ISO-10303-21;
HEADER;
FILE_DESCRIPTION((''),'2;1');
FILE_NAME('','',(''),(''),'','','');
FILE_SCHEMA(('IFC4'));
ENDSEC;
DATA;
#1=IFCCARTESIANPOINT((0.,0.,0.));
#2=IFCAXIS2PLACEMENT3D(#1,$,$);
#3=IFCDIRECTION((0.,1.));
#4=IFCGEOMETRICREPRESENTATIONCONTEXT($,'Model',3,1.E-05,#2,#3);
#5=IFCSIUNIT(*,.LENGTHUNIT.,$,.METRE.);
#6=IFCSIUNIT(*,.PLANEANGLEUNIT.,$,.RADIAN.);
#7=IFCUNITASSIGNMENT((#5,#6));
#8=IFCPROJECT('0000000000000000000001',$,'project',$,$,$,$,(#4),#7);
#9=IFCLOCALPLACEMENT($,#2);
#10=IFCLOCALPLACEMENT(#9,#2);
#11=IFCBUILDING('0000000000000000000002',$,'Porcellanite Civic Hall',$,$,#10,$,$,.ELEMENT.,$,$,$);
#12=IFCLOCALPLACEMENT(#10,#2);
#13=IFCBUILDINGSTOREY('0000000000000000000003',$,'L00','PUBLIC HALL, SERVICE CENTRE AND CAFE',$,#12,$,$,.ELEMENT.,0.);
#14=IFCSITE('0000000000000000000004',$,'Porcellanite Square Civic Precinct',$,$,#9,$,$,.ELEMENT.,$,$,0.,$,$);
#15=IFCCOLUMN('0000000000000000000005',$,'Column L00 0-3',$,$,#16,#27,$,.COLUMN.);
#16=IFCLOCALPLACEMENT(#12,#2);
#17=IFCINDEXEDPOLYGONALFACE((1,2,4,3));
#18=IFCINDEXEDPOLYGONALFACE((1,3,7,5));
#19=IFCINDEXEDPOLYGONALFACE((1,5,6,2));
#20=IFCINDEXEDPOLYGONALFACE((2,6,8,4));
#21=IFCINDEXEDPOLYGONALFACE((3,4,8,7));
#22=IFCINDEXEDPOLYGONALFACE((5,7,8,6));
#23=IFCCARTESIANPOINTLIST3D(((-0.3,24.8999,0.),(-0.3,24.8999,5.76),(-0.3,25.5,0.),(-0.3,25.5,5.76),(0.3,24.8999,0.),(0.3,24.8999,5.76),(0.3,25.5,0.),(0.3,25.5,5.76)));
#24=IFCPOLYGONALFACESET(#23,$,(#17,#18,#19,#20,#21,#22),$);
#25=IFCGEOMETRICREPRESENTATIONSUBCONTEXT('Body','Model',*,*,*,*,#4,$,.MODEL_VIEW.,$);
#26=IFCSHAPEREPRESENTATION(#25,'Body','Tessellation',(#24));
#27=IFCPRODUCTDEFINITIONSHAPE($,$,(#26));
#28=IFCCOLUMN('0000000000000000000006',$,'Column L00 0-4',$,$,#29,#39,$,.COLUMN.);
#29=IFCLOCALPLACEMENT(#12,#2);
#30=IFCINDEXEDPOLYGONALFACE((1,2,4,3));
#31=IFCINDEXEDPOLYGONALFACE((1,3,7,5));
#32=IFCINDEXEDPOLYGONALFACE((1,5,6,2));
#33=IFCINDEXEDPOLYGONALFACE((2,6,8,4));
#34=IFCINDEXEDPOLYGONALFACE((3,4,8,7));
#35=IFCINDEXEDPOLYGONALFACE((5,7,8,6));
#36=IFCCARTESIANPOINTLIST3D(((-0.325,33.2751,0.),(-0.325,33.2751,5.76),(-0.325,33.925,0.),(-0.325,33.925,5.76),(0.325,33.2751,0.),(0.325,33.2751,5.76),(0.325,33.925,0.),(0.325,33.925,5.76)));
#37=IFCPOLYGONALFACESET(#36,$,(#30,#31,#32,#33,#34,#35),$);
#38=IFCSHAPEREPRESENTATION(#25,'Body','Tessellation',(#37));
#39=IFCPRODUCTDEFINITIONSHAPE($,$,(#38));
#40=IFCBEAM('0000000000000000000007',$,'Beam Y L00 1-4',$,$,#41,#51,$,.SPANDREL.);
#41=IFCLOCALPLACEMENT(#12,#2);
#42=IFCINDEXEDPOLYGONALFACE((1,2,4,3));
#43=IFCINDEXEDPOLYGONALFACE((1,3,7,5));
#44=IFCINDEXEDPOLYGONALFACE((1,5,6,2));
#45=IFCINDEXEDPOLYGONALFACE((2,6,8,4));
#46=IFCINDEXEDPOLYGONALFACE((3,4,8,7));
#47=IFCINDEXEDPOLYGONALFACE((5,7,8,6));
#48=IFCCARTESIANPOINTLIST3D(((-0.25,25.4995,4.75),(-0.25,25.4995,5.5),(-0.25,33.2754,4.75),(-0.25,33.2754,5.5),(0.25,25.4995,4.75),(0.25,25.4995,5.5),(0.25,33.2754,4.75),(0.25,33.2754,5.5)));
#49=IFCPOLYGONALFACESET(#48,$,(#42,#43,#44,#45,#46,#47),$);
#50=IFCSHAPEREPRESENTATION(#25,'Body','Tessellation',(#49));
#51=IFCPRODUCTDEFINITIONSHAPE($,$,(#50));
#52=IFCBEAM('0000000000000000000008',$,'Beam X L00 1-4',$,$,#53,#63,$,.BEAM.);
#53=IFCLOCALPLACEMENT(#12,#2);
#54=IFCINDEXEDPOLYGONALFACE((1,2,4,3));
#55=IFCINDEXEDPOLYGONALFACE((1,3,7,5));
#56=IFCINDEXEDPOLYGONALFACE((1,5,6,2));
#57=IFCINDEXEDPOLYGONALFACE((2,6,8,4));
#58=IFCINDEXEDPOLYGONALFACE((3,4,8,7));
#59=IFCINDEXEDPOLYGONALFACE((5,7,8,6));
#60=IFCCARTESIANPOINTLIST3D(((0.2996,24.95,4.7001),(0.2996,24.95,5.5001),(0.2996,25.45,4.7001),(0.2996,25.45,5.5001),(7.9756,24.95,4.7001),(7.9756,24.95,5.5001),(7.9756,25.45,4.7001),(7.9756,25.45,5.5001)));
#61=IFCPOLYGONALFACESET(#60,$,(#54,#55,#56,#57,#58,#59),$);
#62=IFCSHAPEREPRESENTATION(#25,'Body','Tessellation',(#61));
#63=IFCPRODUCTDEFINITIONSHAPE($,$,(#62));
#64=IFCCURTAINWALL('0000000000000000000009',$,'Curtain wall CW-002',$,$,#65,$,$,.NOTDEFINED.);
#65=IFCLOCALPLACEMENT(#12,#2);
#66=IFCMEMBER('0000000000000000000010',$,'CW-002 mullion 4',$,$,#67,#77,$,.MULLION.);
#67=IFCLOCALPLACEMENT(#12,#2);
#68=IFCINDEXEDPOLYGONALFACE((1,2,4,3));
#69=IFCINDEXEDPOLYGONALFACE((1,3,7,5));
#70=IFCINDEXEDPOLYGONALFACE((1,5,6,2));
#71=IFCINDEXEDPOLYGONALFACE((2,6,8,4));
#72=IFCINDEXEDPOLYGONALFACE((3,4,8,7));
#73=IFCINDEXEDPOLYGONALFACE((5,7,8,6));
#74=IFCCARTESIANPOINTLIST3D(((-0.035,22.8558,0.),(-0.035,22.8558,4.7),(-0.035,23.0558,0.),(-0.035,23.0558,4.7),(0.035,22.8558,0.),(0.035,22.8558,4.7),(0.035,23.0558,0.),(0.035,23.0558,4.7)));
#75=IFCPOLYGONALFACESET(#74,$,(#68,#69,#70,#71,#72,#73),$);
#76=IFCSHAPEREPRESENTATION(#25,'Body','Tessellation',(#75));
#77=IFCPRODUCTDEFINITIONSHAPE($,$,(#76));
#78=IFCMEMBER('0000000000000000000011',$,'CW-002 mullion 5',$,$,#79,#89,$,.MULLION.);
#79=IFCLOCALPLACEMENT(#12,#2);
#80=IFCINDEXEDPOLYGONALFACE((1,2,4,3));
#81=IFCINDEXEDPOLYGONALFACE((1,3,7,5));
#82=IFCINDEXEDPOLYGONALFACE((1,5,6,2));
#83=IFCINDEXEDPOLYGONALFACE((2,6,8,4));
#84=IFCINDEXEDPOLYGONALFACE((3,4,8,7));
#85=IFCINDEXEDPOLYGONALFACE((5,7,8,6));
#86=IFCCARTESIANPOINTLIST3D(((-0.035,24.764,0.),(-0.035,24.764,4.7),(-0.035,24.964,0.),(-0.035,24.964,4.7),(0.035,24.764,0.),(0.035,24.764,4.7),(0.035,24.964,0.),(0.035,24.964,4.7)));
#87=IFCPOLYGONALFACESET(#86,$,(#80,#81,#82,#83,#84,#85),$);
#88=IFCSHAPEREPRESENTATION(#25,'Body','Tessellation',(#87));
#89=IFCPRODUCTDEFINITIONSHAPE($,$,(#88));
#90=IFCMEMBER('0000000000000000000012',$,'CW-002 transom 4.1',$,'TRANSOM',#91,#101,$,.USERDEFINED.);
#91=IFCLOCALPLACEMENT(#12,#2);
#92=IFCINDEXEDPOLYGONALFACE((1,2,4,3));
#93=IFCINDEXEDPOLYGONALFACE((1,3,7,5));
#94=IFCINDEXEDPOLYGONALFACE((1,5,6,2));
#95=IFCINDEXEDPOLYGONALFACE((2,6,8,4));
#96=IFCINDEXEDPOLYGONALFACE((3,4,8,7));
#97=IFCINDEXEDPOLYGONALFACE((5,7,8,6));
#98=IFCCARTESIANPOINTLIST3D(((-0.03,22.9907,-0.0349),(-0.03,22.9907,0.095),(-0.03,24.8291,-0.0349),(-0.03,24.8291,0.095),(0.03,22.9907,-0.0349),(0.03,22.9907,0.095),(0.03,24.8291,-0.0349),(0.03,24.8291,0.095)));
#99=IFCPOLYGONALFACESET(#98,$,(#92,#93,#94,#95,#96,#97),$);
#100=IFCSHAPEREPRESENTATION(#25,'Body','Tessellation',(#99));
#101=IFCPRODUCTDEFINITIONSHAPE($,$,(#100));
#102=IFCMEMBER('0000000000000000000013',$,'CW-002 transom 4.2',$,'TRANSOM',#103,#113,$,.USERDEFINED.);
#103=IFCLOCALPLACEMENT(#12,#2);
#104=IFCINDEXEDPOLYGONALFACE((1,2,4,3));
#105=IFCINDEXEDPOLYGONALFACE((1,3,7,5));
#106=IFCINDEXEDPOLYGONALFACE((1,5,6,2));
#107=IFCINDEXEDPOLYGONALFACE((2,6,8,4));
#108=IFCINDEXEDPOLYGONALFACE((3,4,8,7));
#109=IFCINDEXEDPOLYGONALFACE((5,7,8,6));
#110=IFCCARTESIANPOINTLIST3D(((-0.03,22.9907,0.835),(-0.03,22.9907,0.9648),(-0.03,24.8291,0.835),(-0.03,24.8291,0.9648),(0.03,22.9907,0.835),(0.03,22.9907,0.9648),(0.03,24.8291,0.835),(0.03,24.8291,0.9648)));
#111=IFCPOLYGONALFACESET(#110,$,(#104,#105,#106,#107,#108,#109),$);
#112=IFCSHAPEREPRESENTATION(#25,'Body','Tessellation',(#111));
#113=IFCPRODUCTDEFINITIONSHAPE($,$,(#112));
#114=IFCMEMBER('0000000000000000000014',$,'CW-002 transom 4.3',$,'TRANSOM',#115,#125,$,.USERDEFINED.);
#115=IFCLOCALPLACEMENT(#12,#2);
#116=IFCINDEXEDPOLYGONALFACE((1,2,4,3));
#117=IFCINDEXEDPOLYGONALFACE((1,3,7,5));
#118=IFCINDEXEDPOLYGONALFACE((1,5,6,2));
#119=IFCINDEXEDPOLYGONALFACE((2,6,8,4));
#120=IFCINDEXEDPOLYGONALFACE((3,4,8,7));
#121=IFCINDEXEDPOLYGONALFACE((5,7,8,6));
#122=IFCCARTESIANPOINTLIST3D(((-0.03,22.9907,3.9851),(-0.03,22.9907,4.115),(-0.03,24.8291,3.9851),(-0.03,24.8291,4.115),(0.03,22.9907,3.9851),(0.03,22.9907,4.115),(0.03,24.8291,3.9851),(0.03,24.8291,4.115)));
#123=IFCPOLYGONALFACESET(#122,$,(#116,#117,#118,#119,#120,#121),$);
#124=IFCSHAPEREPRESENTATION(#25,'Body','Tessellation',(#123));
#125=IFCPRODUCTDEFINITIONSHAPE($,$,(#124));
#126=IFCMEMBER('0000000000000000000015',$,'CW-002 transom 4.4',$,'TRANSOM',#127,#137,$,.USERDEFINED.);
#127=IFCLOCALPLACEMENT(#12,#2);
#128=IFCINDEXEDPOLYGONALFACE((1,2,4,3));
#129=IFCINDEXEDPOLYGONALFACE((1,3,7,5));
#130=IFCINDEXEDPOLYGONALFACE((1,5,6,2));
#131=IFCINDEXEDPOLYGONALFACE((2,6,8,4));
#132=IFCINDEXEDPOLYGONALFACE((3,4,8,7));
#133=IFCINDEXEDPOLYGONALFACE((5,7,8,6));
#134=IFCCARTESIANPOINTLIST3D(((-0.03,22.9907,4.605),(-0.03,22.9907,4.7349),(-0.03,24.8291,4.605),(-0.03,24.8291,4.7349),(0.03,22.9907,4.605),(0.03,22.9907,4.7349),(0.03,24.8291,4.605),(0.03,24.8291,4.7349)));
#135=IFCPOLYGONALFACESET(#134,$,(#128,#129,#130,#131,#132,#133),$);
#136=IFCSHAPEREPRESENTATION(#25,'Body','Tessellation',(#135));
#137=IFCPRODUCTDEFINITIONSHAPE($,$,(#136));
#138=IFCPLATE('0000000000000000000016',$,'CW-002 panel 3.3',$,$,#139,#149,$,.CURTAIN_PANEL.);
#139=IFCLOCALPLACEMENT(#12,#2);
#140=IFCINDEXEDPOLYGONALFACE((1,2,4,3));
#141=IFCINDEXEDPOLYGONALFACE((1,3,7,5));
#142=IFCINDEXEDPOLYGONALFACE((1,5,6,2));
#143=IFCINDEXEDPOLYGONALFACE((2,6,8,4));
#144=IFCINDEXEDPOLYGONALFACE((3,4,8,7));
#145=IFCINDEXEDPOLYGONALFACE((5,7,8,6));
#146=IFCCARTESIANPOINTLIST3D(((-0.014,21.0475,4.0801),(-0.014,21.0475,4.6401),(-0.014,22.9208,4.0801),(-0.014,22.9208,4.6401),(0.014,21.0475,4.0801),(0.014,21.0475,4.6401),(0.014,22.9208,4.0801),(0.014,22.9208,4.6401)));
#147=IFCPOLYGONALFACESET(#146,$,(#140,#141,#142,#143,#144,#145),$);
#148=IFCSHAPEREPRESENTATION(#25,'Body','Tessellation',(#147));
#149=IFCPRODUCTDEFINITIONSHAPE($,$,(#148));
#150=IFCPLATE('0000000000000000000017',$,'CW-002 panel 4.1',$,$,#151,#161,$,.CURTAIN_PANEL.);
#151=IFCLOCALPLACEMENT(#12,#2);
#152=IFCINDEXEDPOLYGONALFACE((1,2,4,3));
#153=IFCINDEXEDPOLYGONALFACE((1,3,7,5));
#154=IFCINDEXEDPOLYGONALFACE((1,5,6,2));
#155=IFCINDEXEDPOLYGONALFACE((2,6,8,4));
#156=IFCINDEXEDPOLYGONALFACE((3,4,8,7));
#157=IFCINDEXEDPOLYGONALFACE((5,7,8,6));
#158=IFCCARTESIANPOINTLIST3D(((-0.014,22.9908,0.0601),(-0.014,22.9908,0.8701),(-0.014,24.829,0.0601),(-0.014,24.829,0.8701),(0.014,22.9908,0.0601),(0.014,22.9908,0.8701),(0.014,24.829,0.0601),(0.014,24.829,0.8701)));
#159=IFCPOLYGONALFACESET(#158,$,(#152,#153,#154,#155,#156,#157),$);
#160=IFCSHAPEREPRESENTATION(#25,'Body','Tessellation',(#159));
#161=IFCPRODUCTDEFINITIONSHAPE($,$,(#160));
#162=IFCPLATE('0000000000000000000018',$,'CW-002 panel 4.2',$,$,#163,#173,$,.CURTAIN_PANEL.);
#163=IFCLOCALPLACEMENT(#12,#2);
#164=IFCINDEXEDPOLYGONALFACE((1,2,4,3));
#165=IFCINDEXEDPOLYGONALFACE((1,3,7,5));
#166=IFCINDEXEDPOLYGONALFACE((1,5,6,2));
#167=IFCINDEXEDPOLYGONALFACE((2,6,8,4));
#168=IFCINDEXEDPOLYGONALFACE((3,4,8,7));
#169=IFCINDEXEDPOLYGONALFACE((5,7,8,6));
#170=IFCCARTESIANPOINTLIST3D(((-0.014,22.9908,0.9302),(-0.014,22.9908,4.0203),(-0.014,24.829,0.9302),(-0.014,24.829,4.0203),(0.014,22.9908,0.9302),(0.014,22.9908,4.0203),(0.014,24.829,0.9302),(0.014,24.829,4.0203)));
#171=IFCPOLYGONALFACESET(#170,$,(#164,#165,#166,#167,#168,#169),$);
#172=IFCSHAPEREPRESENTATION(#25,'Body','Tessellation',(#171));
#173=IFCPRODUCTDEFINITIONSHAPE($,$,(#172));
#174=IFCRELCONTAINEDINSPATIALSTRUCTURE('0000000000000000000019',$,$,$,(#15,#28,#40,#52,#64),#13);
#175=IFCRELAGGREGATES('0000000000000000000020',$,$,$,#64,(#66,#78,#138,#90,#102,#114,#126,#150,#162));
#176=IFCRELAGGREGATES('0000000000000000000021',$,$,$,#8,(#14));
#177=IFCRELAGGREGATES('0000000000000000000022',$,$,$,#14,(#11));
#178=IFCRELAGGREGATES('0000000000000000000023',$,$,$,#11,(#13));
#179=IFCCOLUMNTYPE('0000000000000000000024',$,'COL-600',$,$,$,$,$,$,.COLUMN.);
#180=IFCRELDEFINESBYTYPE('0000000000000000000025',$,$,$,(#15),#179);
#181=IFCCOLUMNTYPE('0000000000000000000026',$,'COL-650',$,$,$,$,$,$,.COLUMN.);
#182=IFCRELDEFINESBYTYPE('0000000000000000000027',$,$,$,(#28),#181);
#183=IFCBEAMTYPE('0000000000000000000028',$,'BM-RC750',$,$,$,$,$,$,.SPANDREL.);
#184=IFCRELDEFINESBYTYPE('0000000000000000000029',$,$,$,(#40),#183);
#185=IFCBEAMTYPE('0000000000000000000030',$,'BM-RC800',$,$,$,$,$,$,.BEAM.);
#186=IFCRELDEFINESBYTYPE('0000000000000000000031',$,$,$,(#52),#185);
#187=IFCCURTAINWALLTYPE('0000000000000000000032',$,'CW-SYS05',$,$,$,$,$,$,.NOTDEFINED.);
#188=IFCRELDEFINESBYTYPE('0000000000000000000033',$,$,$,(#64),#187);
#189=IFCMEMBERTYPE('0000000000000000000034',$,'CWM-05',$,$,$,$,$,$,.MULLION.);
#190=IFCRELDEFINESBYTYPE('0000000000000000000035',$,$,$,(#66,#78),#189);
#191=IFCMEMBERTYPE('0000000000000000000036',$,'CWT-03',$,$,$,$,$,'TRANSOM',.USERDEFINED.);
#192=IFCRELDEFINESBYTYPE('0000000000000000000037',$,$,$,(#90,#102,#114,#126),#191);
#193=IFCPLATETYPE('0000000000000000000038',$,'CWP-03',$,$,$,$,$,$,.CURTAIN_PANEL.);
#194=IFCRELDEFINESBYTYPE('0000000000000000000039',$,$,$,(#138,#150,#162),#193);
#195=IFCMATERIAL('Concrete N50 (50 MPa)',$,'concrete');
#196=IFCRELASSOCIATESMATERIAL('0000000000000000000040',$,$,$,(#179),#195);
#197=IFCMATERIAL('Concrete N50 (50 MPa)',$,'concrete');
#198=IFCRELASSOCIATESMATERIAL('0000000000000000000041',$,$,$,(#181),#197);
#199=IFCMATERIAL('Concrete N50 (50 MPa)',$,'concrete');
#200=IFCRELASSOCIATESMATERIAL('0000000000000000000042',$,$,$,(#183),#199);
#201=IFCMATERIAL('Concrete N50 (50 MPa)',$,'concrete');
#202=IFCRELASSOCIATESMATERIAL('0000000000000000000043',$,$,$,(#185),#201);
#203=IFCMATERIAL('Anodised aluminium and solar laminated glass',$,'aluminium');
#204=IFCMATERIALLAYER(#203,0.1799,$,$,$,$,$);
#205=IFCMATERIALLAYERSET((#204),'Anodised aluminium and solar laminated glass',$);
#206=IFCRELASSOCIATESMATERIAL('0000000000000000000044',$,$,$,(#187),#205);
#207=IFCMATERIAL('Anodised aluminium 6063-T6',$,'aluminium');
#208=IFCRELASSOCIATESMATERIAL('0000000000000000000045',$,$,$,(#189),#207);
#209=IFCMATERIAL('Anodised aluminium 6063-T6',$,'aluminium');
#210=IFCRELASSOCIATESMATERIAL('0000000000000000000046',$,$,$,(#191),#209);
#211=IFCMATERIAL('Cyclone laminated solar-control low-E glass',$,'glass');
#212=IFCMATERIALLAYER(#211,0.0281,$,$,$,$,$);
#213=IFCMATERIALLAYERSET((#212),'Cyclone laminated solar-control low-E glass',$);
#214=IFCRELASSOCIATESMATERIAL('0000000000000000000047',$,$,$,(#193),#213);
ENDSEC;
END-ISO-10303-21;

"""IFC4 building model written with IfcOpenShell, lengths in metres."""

from ifc_helpers import new_model, si_unit, direction, frame, origin, origin_2d, place, context, subcontext, project, spatial, rectangle, extrude, material, layer, layer_set, material_profile, profile_set, type_object, element, aggregate, save


model = new_model("IFC4")

# Units and contexts
model_context = context("Model", 3, precision=1e-05, world=origin(), true_north=direction((0.0, 1.0)))
body_context = subcontext(model_context, "Body", "Model", "MODEL_VIEW")
ifc_project = project(units=[si_unit("LENGTHUNIT", "METRE"), si_unit("PLANEANGLEUNIT", "RADIAN")], contexts=[model_context])

# Site, building, storey
site_placement = place(None, origin())
site = spatial("IfcSite", under=ifc_project, at=site_placement, Name="Porcellanite Square Civic Precinct", CompositionType="ELEMENT", RefElevation=0.0)
building_placement = place(site_placement, origin())
building = spatial("IfcBuilding", under=site, at=building_placement, Name="Porcellanite Civic Hall", CompositionType="ELEMENT")
storey_placement = place(building_placement, origin())
storey = spatial("IfcBuildingStorey", under=building, at=storey_placement, Name="L00", Description="PUBLIC HALL, SERVICE CENTRE AND CAFE", CompositionType="ELEMENT", Elevation=0.0)

# Columns
ifc_material_1 = material(Name="Concrete N50 (50 MPa)", Category="concrete")
ifc_material_profile_1 = material_profile(ifc_material_1, rectangle(XDim=0.6001, YDim=0.6001, at=origin_2d()), Name="RC-600x600")
ifc_profile_set_1 = profile_set([ifc_material_profile_1], Name="Concrete N50 (50 MPa)")
column_type_1 = type_object("IfcColumnType", Name="COL-600", PredefinedType="COLUMN", material=ifc_profile_set_1)
column_1_placement = place(storey_placement, frame((0.0, 25.2, 0.0), z_axis=(0.0, 0.0, 1.0), x_axis=(1.0, 0.0, 0.0)))
element("IfcColumn", 1, at=column_1_placement, inside=storey, type_object=column_type_1, Name="Column L00 0-3", PredefinedType="COLUMN", context=body_context, shape_type="SweptSolid", body=[
    extrude(rectangle(XDim=0.6001, YDim=0.6001, at=origin_2d()), origin(), (0.0, 0.0, 1.0), 5.76),
])
ifc_material_2 = material(Name="Concrete N50 (50 MPa)", Category="concrete")
ifc_material_profile_2 = material_profile(ifc_material_2, rectangle(XDim=0.6499, YDim=0.6499, at=origin_2d()), Name="RC-650x650")
ifc_profile_set_2 = profile_set([ifc_material_profile_2], Name="Concrete N50 (50 MPa)")
column_type_2 = type_object("IfcColumnType", Name="COL-650", PredefinedType="COLUMN", material=ifc_profile_set_2)
column_2_placement = place(storey_placement, frame((0.0, 33.6001, 0.0), z_axis=(0.0, 0.0, 1.0), x_axis=(1.0, 0.0, 0.0)))
element("IfcColumn", 2, at=column_2_placement, inside=storey, type_object=column_type_2, Name="Column L00 0-4", PredefinedType="COLUMN", context=body_context, shape_type="SweptSolid", body=[
    extrude(rectangle(XDim=0.6499, YDim=0.6499, at=origin_2d()), origin(), (0.0, 0.0, 1.0), 5.76),
])

# Beams
ifc_material_3 = material(Name="Concrete N50 (50 MPa)", Category="concrete")
ifc_material_profile_3 = material_profile(ifc_material_3, rectangle(XDim=0.5, YDim=0.75, at=origin_2d()), Name="RC-500x750")
ifc_profile_set_3 = profile_set([ifc_material_profile_3], Name="Concrete N50 (50 MPa)")
beam_type_1 = type_object("IfcBeamType", Name="BM-RC750", PredefinedType="SPANDREL", material=ifc_profile_set_3)
beam_1_placement = place(storey_placement, frame((0.0, 25.4995, 5.125), z_axis=(0.0, 1.0, 0.0), x_axis=(-1.0, 0.0, 0.0)))
element("IfcBeam", 3, at=beam_1_placement, inside=storey, type_object=beam_type_1, Name="Beam Y L00 1-4", PredefinedType="SPANDREL", context=body_context, shape_type="SweptSolid", body=[
    extrude(rectangle(XDim=0.5, YDim=0.75, at=origin_2d()), origin(), (0.0, 0.0, 1.0), 7.7759),
])
ifc_material_4 = material(Name="Concrete N50 (50 MPa)", Category="concrete")
ifc_material_profile_4 = material_profile(ifc_material_4, rectangle(XDim=0.5, YDim=0.8, at=origin_2d()), Name="RC-500x800")
ifc_profile_set_4 = profile_set([ifc_material_profile_4], Name="Concrete N50 (50 MPa)")
beam_type_2 = type_object("IfcBeamType", Name="BM-RC800", PredefinedType="BEAM", material=ifc_profile_set_4)
beam_2_placement = place(storey_placement, frame((0.2996, 25.2, 5.1001), z_axis=(1.0, 0.0, 0.0), x_axis=(0.0, 1.0, 0.0)))
element("IfcBeam", 4, at=beam_2_placement, inside=storey, type_object=beam_type_2, Name="Beam X L00 1-4", PredefinedType="BEAM", context=body_context, shape_type="SweptSolid", body=[
    extrude(rectangle(XDim=0.5, YDim=0.8, at=origin_2d()), origin(), (0.0, 0.0, 1.0), 7.676),
])

# Curtain wall, members, plates
ifc_material_5 = material(Name="Anodised aluminium and solar laminated glass", Category="aluminium")
ifc_layer_1 = layer(ifc_material_5, 0.1799)
ifc_layer_set_1 = layer_set([ifc_layer_1], Name="Anodised aluminium and solar laminated glass")
curtain_wall_type = type_object("IfcCurtainWallType", Name="CW-SYS05", PredefinedType="NOTDEFINED", material=ifc_layer_set_1)
curtain_wall_placement = place(storey_placement, origin())
curtain_wall = element("IfcCurtainWall", 5, at=curtain_wall_placement, inside=storey, type_object=curtain_wall_type, Name="Curtain wall CW-002", PredefinedType="NOTDEFINED")
ifc_material_6 = material(Name="Anodised aluminium 6063-T6", Category="aluminium")
ifc_material_profile_5 = material_profile(ifc_material_6, rectangle(XDim=0.0701, YDim=0.2, at=origin_2d()), Name="AL-70x200")
ifc_profile_set_5 = profile_set([ifc_material_profile_5], Name="Anodised aluminium 6063-T6")
member_type_1 = type_object("IfcMemberType", Name="CWM-05", PredefinedType="MULLION", material=ifc_profile_set_5)
member_1_placement = place(storey_placement, frame((0.0, 22.9558, 0.0), z_axis=(0.0, 0.0, 1.0), x_axis=(-1.0, 0.0, 0.0)))
member_1 = element("IfcMember", 6, at=member_1_placement, type_object=member_type_1, Name="CW-002 mullion 4", PredefinedType="MULLION", context=body_context, shape_type="SweptSolid", body=[
    extrude(rectangle(XDim=0.0701, YDim=0.2, at=origin_2d()), origin(), (0.0, 0.0, 1.0), 4.7),
])
member_2_placement = place(storey_placement, frame((0.0, 24.864, 0.0), z_axis=(0.0, 0.0, 1.0), x_axis=(-1.0, 0.0, 0.0)))
member_2 = element("IfcMember", 7, at=member_2_placement, type_object=member_type_1, Name="CW-002 mullion 5", PredefinedType="MULLION", context=body_context, shape_type="SweptSolid", body=[
    extrude(rectangle(XDim=0.0701, YDim=0.2, at=origin_2d()), origin(), (0.0, 0.0, 1.0), 4.7),
])
ifc_material_7 = material(Name="Anodised aluminium 6063-T6", Category="aluminium")
ifc_material_profile_6 = material_profile(ifc_material_7, rectangle(XDim=0.0601, YDim=0.1299, at=origin_2d()), Name="AL-60x130")
ifc_profile_set_6 = profile_set([ifc_material_profile_6], Name="Anodised aluminium 6063-T6")
member_type_2 = type_object("IfcMemberType", Name="CWT-03", ElementType="TRANSOM", PredefinedType="USERDEFINED", material=ifc_profile_set_6)
member_3_placement = place(storey_placement, frame((0.0, 22.9907, 0.03), z_axis=(0.0, 1.0, 0.0), x_axis=(-1.0, 0.0, 0.0)))
member_3 = element("IfcMember", 8, at=member_3_placement, type_object=member_type_2, Name="CW-002 transom 4.1", ObjectType="TRANSOM", PredefinedType="USERDEFINED", context=body_context, shape_type="SweptSolid", body=[
    extrude(rectangle(XDim=0.0601, YDim=0.1299, at=origin_2d()), origin(), (0.0, 0.0, 1.0), 1.8384),
])
member_4_placement = place(storey_placement, frame((0.0, 22.9907, 0.8999), z_axis=(0.0, 1.0, 0.0), x_axis=(-1.0, 0.0, 0.0)))
member_4 = element("IfcMember", 9, at=member_4_placement, type_object=member_type_2, Name="CW-002 transom 4.2", ObjectType="TRANSOM", PredefinedType="USERDEFINED", context=body_context, shape_type="SweptSolid", body=[
    extrude(rectangle(XDim=0.0601, YDim=0.1299, at=origin_2d()), origin(), (0.0, 0.0, 1.0), 1.8384),
])
member_5_placement = place(storey_placement, frame((0.0, 22.9907, 4.05), z_axis=(0.0, 1.0, 0.0), x_axis=(-1.0, 0.0, 0.0)))
member_5 = element("IfcMember", 10, at=member_5_placement, type_object=member_type_2, Name="CW-002 transom 4.3", ObjectType="TRANSOM", PredefinedType="USERDEFINED", context=body_context, shape_type="SweptSolid", body=[
    extrude(rectangle(XDim=0.0601, YDim=0.1299, at=origin_2d()), origin(), (0.0, 0.0, 1.0), 1.8384),
])
member_6_placement = place(storey_placement, frame((0.0, 22.9907, 4.6699), z_axis=(0.0, 1.0, 0.0), x_axis=(-1.0, 0.0, 0.0)))
member_6 = element("IfcMember", 11, at=member_6_placement, type_object=member_type_2, Name="CW-002 transom 4.4", ObjectType="TRANSOM", PredefinedType="USERDEFINED", context=body_context, shape_type="SweptSolid", body=[
    extrude(rectangle(XDim=0.0601, YDim=0.1299, at=origin_2d()), origin(), (0.0, 0.0, 1.0), 1.8384),
])
ifc_material_8 = material(Name="Cyclone laminated solar-control low-E glass", Category="glass")
ifc_layer_2 = layer(ifc_material_8, 0.0281)
ifc_layer_set_2 = layer_set([ifc_layer_2], Name="Cyclone laminated solar-control low-E glass")
plate_type = type_object("IfcPlateType", Name="CWP-03", PredefinedType="CURTAIN_PANEL", material=ifc_layer_set_2)
plate_1_placement = place(storey_placement, frame((0.0, 21.9841, 4.0801), z_axis=(0.0, 0.0, 1.0), x_axis=(0.0, 1.0, 0.0)))
plate_1 = element("IfcPlate", 12, at=plate_1_placement, type_object=plate_type, Name="CW-002 panel 3.3", PredefinedType="CURTAIN_PANEL", context=body_context, shape_type="SweptSolid", body=[
    extrude(rectangle(XDim=1.8733, YDim=0.0281, at=origin_2d()), origin(), (0.0, 0.0, 1.0), 0.5601),
])
plate_2_placement = place(storey_placement, frame((0.0, 23.9099, 0.0601), z_axis=(0.0, 0.0, 1.0), x_axis=(0.0, 1.0, 0.0)))
plate_2 = element("IfcPlate", 13, at=plate_2_placement, type_object=plate_type, Name="CW-002 panel 4.1", PredefinedType="CURTAIN_PANEL", context=body_context, shape_type="SweptSolid", body=[
    extrude(rectangle(XDim=1.8381, YDim=0.0281, at=origin_2d()), origin(), (0.0, 0.0, 1.0), 0.8101),
])
plate_3_placement = place(storey_placement, frame((0.0, 23.9099, 0.9302), z_axis=(0.0, 0.0, 1.0), x_axis=(0.0, 1.0, 0.0)))
plate_3 = element("IfcPlate", 14, at=plate_3_placement, type_object=plate_type, Name="CW-002 panel 4.2", PredefinedType="CURTAIN_PANEL", context=body_context, shape_type="SweptSolid", body=[
    extrude(rectangle(XDim=1.8381, YDim=0.0281, at=origin_2d()), origin(), (0.0, 0.0, 1.0), 3.0901),
])
aggregate(curtain_wall, [member_1, member_2, plate_1, member_3, member_4, member_5, member_6, plate_2, plate_3])

save(model, "model.ifc")
